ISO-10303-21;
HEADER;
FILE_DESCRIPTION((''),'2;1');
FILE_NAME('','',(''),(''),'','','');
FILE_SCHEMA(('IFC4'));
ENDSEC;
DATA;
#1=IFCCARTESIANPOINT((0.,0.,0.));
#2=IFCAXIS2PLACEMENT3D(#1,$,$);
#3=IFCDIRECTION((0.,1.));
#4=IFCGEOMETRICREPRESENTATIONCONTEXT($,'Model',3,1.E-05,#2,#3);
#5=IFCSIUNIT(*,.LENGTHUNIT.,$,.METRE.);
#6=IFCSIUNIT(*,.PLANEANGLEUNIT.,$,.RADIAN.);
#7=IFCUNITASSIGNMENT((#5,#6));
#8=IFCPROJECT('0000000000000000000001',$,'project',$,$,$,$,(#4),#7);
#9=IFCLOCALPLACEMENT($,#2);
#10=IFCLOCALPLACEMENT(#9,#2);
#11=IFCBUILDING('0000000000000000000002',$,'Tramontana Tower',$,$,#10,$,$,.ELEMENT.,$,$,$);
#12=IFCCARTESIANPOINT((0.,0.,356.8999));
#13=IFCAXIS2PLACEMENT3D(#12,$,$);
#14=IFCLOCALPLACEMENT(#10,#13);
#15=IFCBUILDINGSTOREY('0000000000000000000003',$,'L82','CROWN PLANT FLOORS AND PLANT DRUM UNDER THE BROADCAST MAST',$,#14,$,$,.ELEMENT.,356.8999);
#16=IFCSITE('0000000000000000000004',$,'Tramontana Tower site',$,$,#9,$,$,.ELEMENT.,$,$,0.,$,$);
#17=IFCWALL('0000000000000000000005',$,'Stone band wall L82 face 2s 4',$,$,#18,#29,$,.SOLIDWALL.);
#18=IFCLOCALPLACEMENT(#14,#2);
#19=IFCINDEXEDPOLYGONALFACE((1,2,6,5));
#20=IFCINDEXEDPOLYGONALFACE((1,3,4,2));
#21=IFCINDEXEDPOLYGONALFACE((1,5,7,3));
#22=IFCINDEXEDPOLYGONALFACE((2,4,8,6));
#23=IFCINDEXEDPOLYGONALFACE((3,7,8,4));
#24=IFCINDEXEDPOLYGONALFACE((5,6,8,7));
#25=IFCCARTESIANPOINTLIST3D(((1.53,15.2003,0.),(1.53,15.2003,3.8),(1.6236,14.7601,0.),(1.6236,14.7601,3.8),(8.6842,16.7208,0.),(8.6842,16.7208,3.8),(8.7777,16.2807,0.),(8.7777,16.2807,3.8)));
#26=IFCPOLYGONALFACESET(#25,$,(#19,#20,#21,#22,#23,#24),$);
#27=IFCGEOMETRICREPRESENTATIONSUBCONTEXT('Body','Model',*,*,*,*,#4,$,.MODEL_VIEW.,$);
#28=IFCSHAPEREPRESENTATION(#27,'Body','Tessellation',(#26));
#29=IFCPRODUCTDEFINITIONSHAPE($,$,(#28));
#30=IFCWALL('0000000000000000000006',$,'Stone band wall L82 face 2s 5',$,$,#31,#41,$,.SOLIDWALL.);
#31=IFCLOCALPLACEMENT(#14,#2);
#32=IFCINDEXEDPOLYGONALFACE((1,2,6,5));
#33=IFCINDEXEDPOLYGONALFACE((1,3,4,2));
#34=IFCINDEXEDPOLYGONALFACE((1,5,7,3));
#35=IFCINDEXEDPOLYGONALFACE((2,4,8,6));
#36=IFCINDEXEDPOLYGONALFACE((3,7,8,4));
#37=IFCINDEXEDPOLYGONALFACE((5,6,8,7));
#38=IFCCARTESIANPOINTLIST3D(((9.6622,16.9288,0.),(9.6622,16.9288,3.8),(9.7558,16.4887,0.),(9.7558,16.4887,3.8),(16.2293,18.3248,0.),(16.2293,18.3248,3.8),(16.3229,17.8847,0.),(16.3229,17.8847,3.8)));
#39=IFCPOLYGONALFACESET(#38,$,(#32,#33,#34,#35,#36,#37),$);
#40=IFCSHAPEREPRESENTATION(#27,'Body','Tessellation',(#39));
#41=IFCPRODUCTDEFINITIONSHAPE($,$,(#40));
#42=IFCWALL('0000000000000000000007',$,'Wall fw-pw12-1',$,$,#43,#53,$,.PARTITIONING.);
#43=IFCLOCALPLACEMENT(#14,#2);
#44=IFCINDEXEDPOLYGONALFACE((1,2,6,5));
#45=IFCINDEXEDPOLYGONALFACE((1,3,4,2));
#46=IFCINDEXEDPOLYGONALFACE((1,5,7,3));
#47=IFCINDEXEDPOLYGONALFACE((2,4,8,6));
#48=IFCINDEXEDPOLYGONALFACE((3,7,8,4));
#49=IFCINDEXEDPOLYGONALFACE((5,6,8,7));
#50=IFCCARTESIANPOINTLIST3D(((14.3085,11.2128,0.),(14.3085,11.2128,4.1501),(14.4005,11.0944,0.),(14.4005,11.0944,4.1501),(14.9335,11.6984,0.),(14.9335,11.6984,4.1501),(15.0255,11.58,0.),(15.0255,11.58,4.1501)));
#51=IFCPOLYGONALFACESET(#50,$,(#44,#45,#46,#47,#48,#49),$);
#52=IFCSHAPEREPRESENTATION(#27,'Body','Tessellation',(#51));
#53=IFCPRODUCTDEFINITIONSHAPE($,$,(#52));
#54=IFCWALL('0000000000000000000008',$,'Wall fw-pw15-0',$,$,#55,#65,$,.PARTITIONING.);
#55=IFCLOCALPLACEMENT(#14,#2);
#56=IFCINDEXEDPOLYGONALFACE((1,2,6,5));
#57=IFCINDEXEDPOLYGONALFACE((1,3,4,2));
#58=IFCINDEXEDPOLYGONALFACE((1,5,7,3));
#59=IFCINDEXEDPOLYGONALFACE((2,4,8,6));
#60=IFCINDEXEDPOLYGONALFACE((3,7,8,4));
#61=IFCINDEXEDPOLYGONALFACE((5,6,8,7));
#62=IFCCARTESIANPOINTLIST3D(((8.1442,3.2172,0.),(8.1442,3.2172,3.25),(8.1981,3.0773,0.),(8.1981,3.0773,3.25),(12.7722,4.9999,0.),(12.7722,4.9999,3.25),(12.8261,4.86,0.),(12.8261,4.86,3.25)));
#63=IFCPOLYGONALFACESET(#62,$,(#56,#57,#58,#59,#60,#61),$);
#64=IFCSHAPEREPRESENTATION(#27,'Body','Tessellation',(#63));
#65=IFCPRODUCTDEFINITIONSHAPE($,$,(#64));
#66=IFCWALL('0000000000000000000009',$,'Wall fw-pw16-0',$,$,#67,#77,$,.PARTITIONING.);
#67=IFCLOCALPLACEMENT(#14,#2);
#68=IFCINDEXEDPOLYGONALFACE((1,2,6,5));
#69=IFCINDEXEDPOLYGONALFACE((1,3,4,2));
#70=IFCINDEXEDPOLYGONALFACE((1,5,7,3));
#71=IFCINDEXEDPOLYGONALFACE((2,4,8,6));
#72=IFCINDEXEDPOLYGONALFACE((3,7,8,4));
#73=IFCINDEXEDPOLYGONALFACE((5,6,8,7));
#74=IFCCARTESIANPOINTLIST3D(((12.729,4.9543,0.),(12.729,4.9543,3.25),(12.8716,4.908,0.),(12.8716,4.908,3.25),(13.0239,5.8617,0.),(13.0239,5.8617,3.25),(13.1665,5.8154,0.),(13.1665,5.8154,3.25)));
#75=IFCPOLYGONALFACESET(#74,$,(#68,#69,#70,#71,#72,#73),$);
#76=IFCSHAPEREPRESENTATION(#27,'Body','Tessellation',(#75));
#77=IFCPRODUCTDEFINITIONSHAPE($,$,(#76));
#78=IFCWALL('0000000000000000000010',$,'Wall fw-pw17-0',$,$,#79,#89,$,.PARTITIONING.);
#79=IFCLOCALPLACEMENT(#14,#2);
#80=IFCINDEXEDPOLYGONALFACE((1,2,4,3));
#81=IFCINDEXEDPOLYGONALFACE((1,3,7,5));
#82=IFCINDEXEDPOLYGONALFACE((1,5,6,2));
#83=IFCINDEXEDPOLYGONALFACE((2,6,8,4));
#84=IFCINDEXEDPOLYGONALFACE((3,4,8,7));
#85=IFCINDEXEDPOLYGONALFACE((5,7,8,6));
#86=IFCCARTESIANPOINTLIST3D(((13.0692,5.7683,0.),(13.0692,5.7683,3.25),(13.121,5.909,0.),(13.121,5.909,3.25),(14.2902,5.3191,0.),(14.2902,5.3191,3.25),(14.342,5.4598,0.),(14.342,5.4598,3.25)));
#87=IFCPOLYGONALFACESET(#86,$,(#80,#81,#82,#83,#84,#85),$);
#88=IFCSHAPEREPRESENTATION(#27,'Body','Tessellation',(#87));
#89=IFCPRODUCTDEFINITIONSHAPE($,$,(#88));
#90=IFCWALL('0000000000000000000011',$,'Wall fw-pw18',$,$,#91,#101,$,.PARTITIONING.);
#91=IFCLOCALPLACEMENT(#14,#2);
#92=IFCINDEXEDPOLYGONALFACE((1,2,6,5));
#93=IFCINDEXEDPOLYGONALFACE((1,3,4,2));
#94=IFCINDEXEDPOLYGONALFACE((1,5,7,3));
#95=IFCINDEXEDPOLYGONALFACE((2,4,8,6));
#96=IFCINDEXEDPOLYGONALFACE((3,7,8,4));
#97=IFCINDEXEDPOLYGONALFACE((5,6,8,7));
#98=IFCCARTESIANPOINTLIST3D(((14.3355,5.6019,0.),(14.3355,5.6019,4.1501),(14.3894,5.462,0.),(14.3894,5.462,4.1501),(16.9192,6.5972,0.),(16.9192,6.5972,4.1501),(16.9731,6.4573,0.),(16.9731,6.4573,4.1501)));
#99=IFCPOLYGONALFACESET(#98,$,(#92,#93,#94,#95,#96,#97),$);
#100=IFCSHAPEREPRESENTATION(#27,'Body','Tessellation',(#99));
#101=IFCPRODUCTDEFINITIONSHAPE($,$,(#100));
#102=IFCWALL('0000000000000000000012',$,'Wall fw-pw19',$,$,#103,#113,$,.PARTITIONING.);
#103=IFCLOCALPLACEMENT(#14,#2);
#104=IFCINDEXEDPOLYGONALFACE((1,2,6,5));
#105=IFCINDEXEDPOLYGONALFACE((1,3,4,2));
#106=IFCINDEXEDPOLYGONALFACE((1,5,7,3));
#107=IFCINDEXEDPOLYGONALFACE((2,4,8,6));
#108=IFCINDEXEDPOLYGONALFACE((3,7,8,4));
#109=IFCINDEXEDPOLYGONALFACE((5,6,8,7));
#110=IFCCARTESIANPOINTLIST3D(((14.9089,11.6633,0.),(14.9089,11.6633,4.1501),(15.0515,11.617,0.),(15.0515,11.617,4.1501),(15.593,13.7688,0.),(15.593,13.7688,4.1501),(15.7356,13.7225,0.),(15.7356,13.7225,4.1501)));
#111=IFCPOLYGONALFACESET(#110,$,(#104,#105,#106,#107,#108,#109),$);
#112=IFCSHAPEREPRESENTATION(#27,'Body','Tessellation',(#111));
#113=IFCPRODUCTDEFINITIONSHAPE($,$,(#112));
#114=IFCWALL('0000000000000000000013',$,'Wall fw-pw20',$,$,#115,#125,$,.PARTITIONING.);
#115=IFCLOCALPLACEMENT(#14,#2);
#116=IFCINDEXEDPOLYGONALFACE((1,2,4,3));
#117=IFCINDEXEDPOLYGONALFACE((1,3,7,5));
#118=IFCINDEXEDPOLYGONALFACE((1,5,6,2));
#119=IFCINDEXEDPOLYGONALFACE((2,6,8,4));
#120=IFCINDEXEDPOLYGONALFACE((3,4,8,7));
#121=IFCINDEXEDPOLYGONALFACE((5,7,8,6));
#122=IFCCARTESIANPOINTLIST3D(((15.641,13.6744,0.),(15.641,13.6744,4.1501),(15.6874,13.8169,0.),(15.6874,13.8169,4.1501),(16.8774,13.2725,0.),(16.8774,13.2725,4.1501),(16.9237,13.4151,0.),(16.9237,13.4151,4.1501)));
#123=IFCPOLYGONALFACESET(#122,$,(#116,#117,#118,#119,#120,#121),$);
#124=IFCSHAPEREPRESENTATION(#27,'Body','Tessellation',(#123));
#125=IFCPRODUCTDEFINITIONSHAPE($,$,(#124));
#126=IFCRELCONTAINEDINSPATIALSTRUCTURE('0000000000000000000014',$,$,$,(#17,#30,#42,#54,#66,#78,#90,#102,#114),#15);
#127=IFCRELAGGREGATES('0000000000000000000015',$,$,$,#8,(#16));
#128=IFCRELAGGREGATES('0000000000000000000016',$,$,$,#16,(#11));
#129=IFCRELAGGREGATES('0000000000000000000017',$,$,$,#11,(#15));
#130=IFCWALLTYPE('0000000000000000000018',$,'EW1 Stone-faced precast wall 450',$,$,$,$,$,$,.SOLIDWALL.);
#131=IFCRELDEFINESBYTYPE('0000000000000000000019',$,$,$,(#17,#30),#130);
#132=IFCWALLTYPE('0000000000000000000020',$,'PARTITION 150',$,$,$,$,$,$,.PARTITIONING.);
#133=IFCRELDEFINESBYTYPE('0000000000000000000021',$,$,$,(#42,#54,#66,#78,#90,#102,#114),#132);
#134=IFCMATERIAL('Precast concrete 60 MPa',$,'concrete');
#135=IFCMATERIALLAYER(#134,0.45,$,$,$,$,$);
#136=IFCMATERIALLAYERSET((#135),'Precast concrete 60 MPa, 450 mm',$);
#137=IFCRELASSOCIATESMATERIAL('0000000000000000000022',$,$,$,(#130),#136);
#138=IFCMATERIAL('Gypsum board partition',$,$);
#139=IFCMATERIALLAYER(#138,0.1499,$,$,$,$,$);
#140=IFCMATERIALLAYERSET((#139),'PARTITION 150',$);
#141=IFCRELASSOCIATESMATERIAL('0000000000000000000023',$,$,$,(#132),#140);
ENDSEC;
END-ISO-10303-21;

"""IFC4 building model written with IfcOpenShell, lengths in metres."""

from ifc_helpers import new_model, si_unit, direction, frame, frame_2d, origin, place, context, subcontext, project, spatial, rectangle, extrude, material, layer, layer_set, type_object, element, save


model = new_model("IFC4")

# Units and contexts
model_context = context("Model", 3, precision=1e-05, world=origin(), true_north=direction((0.0, 1.0)))
body_context = subcontext(model_context, "Body", "Model", "MODEL_VIEW")
ifc_project = project(units=[si_unit("LENGTHUNIT", "METRE"), si_unit("PLANEANGLEUNIT", "RADIAN")], contexts=[model_context])

# Site, building, storey
site_placement = place(None, origin())
site = spatial("IfcSite", under=ifc_project, at=site_placement, Name="Tramontana Tower site", CompositionType="ELEMENT", RefElevation=0.0)
building_placement = place(site_placement, origin())
building = spatial("IfcBuilding", under=site, at=building_placement, Name="Tramontana Tower", CompositionType="ELEMENT")
storey_placement = place(building_placement, frame((0.0, 0.0, 356.8999)))
storey = spatial("IfcBuildingStorey", under=building, at=storey_placement, Name="L82", Description="CROWN PLANT FLOORS AND PLANT DRUM UNDER THE BROADCAST MAST", CompositionType="ELEMENT", Elevation=356.8999)

# Walls
ifc_material_1 = material(Name="Precast concrete 60 MPa", Category="concrete")
ifc_layer_1 = layer(ifc_material_1, 0.45)
ifc_layer_set_1 = layer_set([ifc_layer_1], Name="Precast concrete 60 MPa, 450 mm")
wall_type_1 = type_object("IfcWallType", Name="EW1 Stone-faced precast wall 450", PredefinedType="SOLIDWALL", material=ifc_layer_set_1)
wall_1_placement = place(storey_placement, frame((8.731, 16.5007, 0.0), z_axis=(0.0, 0.0, 1.0), x_axis=(-0.978151, -0.207894, 0.0)))
element("IfcWall", 1, at=wall_1_placement, inside=storey, type_object=wall_type_1, Name="Stone band wall L82 face 2s 4", PredefinedType="SOLIDWALL", context=body_context, shape_type="SweptSolid", body=[
    extrude(rectangle(XDim=7.314, YDim=0.45, at=frame_2d((3.657, 0.0))), origin(), (0.0, 0.0, 1.0), 3.8),
])
wall_2_placement = place(storey_placement, frame((16.2761, 18.1047, 0.0), z_axis=(0.0, 0.0, 1.0), x_axis=(-0.978144, -0.207927, 0.0)))
element("IfcWall", 2, at=wall_2_placement, inside=storey, type_object=wall_type_1, Name="Stone band wall L82 face 2s 5", PredefinedType="SOLIDWALL", context=body_context, shape_type="SweptSolid", body=[
    extrude(rectangle(XDim=6.7139, YDim=0.45, at=frame_2d((3.3569, 0.0))), origin(), (0.0, 0.0, 1.0), 3.8),
])
ifc_material_2 = material(Name="Gypsum board partition")
ifc_layer_2 = layer(ifc_material_2, 0.1499)
ifc_layer_set_2 = layer_set([ifc_layer_2], Name="PARTITION 150")
wall_type_2 = type_object("IfcWallType", Name="PARTITION 150", PredefinedType="PARTITIONING", material=ifc_layer_set_2)
wall_3_placement = place(storey_placement, frame((14.3545, 11.1536, 0.0), z_axis=(0.0, 0.0, 1.0), x_axis=(0.789668, 0.613535, 0.0)))
element("IfcWall", 3, at=wall_3_placement, inside=storey, type_object=wall_type_2, Name="Wall fw-pw12-1", PredefinedType="PARTITIONING", context=body_context, shape_type="SweptSolid", body=[
    extrude(rectangle(XDim=0.7915, YDim=0.1499, at=frame_2d((0.3958, 0.0))), origin(), (0.0, 0.0, 1.0), 4.1501),
])
wall_4_placement = place(storey_placement, frame((8.1711, 3.1472, 0.0), z_axis=(0.0, 0.0, 1.0), x_axis=(0.93316, 0.359461, 0.0)))
element("IfcWall", 4, at=wall_4_placement, inside=storey, type_object=wall_type_2, Name="Wall fw-pw15-0", PredefinedType="PARTITIONING", context=body_context, shape_type="SweptSolid", body=[
    extrude(rectangle(XDim=4.9595, YDim=0.1499, at=frame_2d((2.4797, 0.0))), origin(), (0.0, 0.0, 1.0), 3.25),
])
wall_5_placement = place(storey_placement, frame((12.8003, 4.9312, 0.0), z_axis=(0.0, 0.0, 1.0), x_axis=(0.30908, 0.951036, 0.0)))
element("IfcWall", 5, at=wall_5_placement, inside=storey, type_object=wall_type_2, Name="Wall fw-pw16-0", PredefinedType="PARTITIONING", context=body_context, shape_type="SweptSolid", body=[
    extrude(rectangle(XDim=0.9541, YDim=0.1499, at=frame_2d((0.4771, 0.0))), origin(), (0.0, 0.0, 1.0), 3.25),
])
wall_6_placement = place(storey_placement, frame((13.0952, 5.8386, 0.0), z_axis=(0.0, 0.0, 1.0), x_axis=(0.938494, -0.345297, 0.0)))
element("IfcWall", 6, at=wall_6_placement, inside=storey, type_object=wall_type_2, Name="Wall fw-pw17-0", PredefinedType="PARTITIONING", context=body_context, shape_type="SweptSolid", body=[
    extrude(rectangle(XDim=1.301, YDim=0.1499, at=frame_2d((0.6504, 0.0))), origin(), (0.0, 0.0, 1.0), 3.25),
])
wall_7_placement = place(storey_placement, frame((14.3625, 5.532, 0.0), z_axis=(0.0, 0.0, 1.0), x_axis=(0.93315, 0.359487, 0.0)))
element("IfcWall", 7, at=wall_7_placement, inside=storey, type_object=wall_type_2, Name="Wall fw-pw18", PredefinedType="PARTITIONING", context=body_context, shape_type="SweptSolid", body=[
    extrude(rectangle(XDim=2.7688, YDim=0.1499, at=frame_2d((1.3843, 0.0))), origin(), (0.0, 0.0, 1.0), 4.1501),
])
wall_8_placement = place(storey_placement, frame((14.9802, 11.6401, 0.0), z_axis=(0.0, 0.0, 1.0), x_axis=(0.309006, 0.95106, 0.0)))
element("IfcWall", 8, at=wall_8_placement, inside=storey, type_object=wall_type_2, Name="Wall fw-pw19", PredefinedType="PARTITIONING", context=body_context, shape_type="SweptSolid", body=[
    extrude(rectangle(XDim=2.2139, YDim=0.1499, at=frame_2d((1.1069, 0.0))), origin(), (0.0, 0.0, 1.0), 4.1501),
])
wall_9_placement = place(storey_placement, frame((15.6643, 13.7456, 0.0), z_axis=(0.0, 0.0, 1.0), x_axis=(0.951023, -0.30912, 0.0)))
element("IfcWall", 9, at=wall_9_placement, inside=storey, type_object=wall_type_2, Name="Wall fw-pw20", PredefinedType="PARTITIONING", context=body_context, shape_type="SweptSolid", body=[
    extrude(rectangle(XDim=1.3, YDim=0.1499, at=frame_2d((0.6499, 0.0))), origin(), (0.0, 0.0, 1.0), 4.1501),
])

save(model, "model.ifc")
